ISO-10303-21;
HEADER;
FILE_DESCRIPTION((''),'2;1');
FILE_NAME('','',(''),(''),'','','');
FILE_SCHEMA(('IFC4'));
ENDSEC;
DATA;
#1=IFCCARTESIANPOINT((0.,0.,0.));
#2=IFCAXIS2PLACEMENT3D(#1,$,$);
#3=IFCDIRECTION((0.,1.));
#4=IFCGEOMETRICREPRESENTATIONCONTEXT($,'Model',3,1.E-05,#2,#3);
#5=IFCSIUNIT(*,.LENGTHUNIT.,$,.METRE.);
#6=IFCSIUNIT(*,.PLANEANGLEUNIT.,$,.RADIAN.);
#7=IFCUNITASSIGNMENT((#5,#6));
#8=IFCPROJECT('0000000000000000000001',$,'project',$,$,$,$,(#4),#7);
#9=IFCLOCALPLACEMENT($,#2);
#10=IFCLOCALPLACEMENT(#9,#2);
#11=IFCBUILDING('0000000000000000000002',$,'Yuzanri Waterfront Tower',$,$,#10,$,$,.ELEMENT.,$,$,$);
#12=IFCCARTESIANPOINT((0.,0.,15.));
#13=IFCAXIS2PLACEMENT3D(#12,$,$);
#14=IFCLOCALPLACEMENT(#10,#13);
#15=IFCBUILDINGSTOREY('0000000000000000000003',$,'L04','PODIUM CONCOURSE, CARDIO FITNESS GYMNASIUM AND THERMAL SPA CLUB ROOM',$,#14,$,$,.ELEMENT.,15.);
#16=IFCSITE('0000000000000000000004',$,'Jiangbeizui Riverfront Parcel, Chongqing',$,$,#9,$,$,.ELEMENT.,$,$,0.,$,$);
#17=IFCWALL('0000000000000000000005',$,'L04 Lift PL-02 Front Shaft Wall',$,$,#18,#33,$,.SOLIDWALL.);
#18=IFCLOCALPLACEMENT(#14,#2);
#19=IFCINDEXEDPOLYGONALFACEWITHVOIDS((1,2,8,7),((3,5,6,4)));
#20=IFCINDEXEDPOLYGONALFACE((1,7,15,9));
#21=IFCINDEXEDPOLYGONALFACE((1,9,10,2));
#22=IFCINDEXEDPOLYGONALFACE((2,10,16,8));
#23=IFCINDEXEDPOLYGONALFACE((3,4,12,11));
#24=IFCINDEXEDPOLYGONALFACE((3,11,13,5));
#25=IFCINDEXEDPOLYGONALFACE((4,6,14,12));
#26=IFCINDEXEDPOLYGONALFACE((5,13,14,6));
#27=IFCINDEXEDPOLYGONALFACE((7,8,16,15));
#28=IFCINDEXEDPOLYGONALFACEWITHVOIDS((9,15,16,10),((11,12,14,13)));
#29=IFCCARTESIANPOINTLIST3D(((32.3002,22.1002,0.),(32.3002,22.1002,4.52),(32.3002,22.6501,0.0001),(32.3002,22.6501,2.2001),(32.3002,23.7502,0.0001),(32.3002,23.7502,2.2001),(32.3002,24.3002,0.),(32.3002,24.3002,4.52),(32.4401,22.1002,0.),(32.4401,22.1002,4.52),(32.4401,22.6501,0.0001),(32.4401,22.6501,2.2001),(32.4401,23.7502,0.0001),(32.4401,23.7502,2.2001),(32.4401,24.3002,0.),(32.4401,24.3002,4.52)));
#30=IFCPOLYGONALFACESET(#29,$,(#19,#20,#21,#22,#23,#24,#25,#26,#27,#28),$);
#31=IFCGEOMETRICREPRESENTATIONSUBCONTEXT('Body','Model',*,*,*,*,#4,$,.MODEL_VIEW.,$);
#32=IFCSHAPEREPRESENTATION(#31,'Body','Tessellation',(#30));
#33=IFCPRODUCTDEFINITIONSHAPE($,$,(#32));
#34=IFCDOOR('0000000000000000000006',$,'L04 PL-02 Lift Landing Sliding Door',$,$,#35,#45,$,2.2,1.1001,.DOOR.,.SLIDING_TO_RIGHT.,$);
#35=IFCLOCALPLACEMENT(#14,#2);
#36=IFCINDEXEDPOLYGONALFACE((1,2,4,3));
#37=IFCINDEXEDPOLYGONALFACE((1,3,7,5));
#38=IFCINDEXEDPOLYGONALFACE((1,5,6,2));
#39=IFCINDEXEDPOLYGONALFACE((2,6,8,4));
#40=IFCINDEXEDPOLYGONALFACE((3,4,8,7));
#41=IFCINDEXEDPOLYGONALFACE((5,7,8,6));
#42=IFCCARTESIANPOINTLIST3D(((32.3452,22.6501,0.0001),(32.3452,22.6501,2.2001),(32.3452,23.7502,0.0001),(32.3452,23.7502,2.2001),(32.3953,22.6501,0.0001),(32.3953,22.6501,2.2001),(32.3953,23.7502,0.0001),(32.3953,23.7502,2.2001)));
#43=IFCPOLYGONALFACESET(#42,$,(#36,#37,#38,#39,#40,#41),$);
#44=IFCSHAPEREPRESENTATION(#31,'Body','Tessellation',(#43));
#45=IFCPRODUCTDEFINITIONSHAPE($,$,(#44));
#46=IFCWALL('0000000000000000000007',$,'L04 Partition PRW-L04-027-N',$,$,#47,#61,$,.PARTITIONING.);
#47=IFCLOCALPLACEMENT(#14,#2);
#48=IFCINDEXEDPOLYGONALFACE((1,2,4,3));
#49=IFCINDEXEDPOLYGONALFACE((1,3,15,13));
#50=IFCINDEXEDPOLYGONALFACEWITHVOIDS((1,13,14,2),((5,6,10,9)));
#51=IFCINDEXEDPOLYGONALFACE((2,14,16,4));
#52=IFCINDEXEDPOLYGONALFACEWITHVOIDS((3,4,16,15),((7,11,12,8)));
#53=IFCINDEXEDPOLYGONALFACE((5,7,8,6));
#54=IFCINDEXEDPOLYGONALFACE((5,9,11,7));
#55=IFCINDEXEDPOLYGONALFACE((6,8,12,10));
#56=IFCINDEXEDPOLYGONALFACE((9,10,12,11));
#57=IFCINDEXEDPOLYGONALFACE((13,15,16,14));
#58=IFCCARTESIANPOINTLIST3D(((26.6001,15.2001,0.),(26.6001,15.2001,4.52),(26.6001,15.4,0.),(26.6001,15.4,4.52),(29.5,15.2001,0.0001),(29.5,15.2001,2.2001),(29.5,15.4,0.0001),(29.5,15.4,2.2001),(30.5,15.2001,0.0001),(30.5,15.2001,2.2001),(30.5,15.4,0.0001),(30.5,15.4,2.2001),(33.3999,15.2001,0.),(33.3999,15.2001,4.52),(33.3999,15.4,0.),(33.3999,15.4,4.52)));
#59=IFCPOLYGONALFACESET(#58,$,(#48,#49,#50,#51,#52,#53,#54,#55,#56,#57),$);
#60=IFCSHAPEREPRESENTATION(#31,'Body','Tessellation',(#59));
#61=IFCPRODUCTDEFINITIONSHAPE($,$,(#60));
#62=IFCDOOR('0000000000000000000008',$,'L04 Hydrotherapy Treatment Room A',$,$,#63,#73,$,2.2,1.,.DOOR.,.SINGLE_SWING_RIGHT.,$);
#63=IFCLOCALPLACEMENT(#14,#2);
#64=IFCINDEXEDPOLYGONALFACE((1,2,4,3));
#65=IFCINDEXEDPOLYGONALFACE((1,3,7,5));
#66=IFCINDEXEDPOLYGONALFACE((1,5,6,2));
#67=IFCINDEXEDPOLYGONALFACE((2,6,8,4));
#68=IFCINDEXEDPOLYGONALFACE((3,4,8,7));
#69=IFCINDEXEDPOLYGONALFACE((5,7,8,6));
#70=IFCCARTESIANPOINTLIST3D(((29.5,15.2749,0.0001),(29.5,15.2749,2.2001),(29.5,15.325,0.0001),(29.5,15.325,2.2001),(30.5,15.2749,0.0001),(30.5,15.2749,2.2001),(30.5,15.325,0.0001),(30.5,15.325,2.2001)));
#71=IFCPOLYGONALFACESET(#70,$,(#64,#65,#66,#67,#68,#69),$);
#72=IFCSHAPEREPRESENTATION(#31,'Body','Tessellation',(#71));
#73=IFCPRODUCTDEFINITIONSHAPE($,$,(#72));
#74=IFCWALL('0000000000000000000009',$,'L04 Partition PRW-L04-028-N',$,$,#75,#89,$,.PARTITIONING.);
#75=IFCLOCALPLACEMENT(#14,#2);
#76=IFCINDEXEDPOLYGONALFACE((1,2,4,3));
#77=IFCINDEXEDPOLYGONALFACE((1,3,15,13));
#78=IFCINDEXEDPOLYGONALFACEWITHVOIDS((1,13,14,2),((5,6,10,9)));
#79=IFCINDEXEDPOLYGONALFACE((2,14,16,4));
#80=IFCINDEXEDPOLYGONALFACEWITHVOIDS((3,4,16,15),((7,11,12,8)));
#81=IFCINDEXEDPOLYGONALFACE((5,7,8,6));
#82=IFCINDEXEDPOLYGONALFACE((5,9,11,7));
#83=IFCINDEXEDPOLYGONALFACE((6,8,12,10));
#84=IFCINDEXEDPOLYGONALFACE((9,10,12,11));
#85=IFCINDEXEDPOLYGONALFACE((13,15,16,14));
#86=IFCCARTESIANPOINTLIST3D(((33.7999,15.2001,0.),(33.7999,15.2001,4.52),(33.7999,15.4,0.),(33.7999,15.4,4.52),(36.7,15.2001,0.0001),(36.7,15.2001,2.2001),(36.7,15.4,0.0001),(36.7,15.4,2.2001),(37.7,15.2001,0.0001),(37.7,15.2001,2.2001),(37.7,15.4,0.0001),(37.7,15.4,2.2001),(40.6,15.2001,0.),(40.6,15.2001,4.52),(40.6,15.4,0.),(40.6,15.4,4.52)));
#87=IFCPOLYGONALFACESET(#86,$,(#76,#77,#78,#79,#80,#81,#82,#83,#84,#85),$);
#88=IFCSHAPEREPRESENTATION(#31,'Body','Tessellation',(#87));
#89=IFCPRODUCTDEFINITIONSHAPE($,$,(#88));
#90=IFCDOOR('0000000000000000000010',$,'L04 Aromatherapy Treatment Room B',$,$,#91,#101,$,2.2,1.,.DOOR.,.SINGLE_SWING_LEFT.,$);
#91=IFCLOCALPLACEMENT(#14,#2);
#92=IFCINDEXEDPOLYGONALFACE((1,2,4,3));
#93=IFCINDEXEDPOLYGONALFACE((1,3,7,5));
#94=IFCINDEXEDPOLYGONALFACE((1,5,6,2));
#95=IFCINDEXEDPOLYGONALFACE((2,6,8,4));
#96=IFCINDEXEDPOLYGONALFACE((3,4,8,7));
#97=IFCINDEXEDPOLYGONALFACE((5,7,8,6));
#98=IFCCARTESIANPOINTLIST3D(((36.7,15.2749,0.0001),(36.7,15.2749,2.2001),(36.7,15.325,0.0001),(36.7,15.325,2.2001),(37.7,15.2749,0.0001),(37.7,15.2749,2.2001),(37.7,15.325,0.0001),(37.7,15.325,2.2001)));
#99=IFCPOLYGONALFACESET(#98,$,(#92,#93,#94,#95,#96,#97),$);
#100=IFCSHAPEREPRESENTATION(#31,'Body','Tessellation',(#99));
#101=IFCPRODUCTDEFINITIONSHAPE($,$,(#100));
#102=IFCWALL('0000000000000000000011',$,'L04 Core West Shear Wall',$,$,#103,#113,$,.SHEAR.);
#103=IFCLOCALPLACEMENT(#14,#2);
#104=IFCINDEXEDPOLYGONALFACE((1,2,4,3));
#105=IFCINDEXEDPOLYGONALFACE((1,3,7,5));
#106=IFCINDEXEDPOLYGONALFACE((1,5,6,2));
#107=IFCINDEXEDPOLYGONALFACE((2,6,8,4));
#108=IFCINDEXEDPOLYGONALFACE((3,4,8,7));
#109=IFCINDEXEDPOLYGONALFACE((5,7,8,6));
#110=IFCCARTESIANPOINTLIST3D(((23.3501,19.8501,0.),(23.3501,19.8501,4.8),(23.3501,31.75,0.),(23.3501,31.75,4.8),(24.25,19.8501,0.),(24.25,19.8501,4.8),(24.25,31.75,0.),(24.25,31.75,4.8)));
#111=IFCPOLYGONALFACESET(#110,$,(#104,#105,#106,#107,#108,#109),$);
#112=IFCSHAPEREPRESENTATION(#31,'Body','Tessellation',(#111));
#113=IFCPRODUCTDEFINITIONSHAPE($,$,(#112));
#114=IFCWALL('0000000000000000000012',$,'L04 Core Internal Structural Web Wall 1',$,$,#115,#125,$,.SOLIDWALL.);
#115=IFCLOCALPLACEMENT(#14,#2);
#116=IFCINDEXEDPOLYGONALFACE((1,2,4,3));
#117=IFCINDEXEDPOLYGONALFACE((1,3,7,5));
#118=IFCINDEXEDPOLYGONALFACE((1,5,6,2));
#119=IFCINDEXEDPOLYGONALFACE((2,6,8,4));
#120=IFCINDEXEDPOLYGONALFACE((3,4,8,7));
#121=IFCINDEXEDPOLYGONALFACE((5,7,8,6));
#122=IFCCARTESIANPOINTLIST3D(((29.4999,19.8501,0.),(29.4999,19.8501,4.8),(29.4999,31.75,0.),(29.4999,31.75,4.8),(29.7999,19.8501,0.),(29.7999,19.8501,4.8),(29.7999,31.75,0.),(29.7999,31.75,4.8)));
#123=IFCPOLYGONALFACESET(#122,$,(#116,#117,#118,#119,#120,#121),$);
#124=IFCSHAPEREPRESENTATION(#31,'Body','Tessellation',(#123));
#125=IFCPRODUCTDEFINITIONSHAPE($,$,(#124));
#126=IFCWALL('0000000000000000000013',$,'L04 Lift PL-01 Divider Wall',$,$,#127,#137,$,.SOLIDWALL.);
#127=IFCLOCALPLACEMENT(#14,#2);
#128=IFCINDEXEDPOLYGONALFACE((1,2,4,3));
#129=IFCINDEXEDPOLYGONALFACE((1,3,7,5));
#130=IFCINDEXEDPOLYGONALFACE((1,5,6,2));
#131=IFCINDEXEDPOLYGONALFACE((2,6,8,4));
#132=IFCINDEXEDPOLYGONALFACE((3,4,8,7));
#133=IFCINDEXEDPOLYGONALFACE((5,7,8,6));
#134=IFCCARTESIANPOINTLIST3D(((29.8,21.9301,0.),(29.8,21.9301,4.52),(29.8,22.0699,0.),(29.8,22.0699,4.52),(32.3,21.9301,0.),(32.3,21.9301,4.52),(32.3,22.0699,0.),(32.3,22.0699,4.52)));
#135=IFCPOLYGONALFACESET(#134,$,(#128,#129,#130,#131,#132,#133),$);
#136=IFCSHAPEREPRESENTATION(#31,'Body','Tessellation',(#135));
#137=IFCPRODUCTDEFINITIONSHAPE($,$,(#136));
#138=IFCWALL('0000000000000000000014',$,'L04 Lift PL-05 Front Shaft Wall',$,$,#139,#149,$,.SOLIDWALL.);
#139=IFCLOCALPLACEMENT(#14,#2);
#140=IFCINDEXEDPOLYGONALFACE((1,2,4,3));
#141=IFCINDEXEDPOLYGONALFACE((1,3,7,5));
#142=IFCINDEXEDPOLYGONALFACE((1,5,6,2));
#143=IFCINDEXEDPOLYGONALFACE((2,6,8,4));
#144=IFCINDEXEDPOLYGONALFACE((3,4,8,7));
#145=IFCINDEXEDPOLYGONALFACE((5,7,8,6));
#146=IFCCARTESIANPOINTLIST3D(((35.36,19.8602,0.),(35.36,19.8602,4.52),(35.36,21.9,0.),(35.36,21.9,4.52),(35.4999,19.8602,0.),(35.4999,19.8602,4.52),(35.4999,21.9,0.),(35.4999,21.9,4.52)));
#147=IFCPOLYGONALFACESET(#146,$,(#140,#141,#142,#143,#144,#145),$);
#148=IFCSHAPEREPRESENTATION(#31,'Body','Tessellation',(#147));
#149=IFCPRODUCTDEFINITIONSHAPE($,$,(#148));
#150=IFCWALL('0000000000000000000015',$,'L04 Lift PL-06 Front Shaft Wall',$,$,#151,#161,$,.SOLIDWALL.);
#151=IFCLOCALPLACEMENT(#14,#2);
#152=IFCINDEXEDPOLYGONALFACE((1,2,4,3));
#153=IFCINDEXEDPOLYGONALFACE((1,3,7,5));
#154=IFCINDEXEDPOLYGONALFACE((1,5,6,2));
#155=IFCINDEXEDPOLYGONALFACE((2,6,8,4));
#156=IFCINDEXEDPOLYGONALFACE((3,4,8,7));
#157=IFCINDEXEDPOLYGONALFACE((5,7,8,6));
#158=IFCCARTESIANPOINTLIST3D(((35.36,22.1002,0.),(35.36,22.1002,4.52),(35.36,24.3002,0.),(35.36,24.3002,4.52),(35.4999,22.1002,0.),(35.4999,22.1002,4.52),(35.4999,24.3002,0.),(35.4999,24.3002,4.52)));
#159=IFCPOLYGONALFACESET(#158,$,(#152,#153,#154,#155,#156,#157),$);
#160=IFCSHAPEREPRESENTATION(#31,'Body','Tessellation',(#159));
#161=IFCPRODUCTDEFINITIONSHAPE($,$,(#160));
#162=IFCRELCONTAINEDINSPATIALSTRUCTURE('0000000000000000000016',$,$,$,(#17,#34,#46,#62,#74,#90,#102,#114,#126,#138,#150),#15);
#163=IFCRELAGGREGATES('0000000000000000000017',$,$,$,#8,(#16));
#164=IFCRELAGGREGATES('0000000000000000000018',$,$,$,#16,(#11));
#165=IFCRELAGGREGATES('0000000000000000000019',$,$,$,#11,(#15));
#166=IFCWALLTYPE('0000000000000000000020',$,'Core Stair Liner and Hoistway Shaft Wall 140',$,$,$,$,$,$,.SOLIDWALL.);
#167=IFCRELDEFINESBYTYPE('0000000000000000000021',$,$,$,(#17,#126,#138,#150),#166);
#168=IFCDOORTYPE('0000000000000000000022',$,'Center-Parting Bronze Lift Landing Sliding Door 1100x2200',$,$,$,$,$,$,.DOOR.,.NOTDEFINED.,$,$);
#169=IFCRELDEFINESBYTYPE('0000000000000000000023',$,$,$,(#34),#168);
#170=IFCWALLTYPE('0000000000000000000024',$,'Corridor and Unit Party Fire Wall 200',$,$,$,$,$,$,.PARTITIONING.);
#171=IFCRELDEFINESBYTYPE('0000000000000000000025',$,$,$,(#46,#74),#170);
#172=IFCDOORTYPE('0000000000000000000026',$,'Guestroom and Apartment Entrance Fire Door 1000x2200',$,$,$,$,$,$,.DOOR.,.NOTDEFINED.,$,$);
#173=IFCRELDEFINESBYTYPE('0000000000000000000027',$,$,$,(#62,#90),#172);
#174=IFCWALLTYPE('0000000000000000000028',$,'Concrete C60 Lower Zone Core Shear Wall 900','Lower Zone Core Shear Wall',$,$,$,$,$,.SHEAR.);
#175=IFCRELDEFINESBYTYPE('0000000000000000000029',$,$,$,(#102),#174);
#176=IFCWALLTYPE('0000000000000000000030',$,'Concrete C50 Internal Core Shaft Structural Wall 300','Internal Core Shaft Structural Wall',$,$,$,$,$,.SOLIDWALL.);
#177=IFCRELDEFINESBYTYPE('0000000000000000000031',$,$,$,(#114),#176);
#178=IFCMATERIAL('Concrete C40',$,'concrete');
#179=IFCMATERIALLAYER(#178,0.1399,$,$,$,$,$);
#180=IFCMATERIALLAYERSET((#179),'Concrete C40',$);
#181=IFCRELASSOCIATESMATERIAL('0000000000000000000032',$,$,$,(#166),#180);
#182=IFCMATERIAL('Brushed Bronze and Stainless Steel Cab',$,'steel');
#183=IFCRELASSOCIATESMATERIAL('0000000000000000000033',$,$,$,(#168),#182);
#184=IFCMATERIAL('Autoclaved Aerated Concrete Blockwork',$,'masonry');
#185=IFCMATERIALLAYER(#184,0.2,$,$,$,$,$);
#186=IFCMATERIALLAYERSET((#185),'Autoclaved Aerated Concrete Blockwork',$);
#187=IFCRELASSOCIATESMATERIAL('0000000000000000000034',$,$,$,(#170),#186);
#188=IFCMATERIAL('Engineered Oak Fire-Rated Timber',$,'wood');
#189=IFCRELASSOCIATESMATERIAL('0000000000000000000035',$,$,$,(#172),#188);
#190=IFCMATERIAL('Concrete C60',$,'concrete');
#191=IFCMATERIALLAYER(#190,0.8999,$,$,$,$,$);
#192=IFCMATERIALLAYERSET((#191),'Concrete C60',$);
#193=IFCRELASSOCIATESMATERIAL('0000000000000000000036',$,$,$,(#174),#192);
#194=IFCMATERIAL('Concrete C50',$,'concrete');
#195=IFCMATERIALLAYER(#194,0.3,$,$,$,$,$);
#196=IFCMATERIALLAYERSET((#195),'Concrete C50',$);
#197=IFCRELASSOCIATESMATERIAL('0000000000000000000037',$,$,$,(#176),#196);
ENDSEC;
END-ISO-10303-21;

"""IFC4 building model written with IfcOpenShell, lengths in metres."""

from ifc_helpers import new_model, si_unit, direction, frame, frame_2d, origin, place, context, subcontext, project, spatial, rectangle, extrude, source, transform, mapped, material, layer, layer_set, type_object, element, fill, save


model = new_model("IFC4")

# Units and contexts
model_context = context("Model", 3, precision=1e-05, world=origin(), true_north=direction((0.0, 1.0)))
body_context = subcontext(model_context, "Body", "Model", "MODEL_VIEW")
ifc_project = project(units=[si_unit("LENGTHUNIT", "METRE"), si_unit("PLANEANGLEUNIT", "RADIAN")], contexts=[model_context])

# Site, building, storey
site_placement = place(None, origin())
site = spatial("IfcSite", under=ifc_project, at=site_placement, Name="Jiangbeizui Riverfront Parcel, Chongqing", CompositionType="ELEMENT", RefElevation=0.0)
building_placement = place(site_placement, origin())
building = spatial("IfcBuilding", under=site, at=building_placement, Name="Yuzanri Waterfront Tower", CompositionType="ELEMENT")
storey_placement = place(building_placement, frame((0.0, 0.0, 15.0)))
storey = spatial("IfcBuildingStorey", under=building, at=storey_placement, Name="L04", Description="PODIUM CONCOURSE, CARDIO FITNESS GYMNASIUM AND THERMAL SPA CLUB ROOM", CompositionType="ELEMENT", Elevation=15.0)

# Walls, openings, doors
ifc_material_1 = material(Name="Concrete C40", Category="concrete")
ifc_layer_1 = layer(ifc_material_1, 0.1399)
ifc_layer_set_1 = layer_set([ifc_layer_1], Name="Concrete C40")
wall_type_1 = type_object("IfcWallType", Name="Core Stair Liner and Hoistway Shaft Wall 140", PredefinedType="SOLIDWALL", material=ifc_layer_set_1)
ifc_material_2 = material(Name="Brushed Bronze and Stainless Steel Cab", Category="steel")
door_type_1 = type_object("IfcDoorType", Name="Center-Parting Bronze Lift Landing Sliding Door 1100x2200", OperationType="NOTDEFINED", PredefinedType="DOOR", material=ifc_material_2)
shared_shape_1 = source(origin(), body_context, "Body", "SweptSolid", [
    extrude(rectangle(XDim=1.1001, YDim=2.2, at=frame_2d((0.55, 1.1001))), frame((0.0, 0.0249, 0.0), z_axis=(0.0, -1.0, 0.0), x_axis=(1.0, 0.0, 0.0)), (0.0, 0.0, 1.0), 0.05),
])
wall_1_placement = place(storey_placement, frame((32.3701, 22.1001, 0.0), z_axis=(0.0, 0.0, 1.0), x_axis=(0.0, 1.0, 0.0)))
wall_1 = element("IfcWall", 1, at=wall_1_placement, inside=storey, type_object=wall_type_1, Name="L04 Lift PL-02 Front Shaft Wall", PredefinedType="SOLIDWALL", context=body_context, shape_type="SweptSolid", body=[
    extrude(rectangle(XDim=2.2, YDim=0.1399, at=frame_2d((1.1001, 0.0))), origin(), (0.0, 0.0, 1.0), 4.52),
])
opening_1_placement = place(wall_1_placement, frame((0.55, 0.0, 0.0)))
opening_1 = element("IfcOpeningElement", 2, at=opening_1_placement, cuts=wall_1, PredefinedType="OPENING", context=body_context, shape_type="SweptSolid", body=[
    extrude(rectangle(XDim=1.1001, YDim=2.2, at=frame_2d((0.55, 1.1001))), frame((0.0, 0.085, 0.0), z_axis=(0.0, -1.0, 0.0), x_axis=(1.0, 0.0, 0.0)), (0.0, 0.0, 1.0), 0.1697),
])
door_1_placement = place(opening_1_placement, origin())
door_1 = element("IfcDoor", 3, at=door_1_placement, inside=storey, type_object=door_type_1, Name="L04 PL-02 Lift Landing Sliding Door", OperationType="SLIDING_TO_RIGHT", OverallHeight=2.2, OverallWidth=1.1001, PredefinedType="DOOR", context=body_context, shape_type="MappedRepresentation", body=[
    mapped(shared_shape_1, transform((0.0, 0.0, 0.0), scale=1.0)),
])
fill(opening_1, door_1)
ifc_material_3 = material(Name="Autoclaved Aerated Concrete Blockwork", Category="masonry")
ifc_layer_2 = layer(ifc_material_3, 0.2)
ifc_layer_set_2 = layer_set([ifc_layer_2], Name="Autoclaved Aerated Concrete Blockwork")
wall_type_2 = type_object("IfcWallType", Name="Corridor and Unit Party Fire Wall 200", PredefinedType="PARTITIONING", material=ifc_layer_set_2)
wall_2_placement = place(storey_placement, frame((26.6001, 15.3, 0.0), z_axis=(0.0, 0.0, 1.0), x_axis=(1.0, 0.0, 0.0)))
wall_2 = element("IfcWall", 4, at=wall_2_placement, inside=storey, type_object=wall_type_2, Name="L04 Partition PRW-L04-027-N", PredefinedType="PARTITIONING", context=body_context, shape_type="SweptSolid", body=[
    extrude(rectangle(XDim=6.7998, YDim=0.2, at=frame_2d((3.3999, 0.0))), origin(), (0.0, 0.0, 1.0), 4.52),
])
opening_2_placement = place(wall_2_placement, frame((2.8999, 0.0, 0.0)))
opening_2 = element("IfcOpeningElement", 5, at=opening_2_placement, cuts=wall_2, PredefinedType="OPENING", context=body_context, shape_type="SweptSolid", body=[
    extrude(rectangle(XDim=1.0, YDim=2.2, at=frame_2d((0.5, 1.1001))), frame((0.0, 0.1147, 0.0), z_axis=(0.0, -1.0, 0.0), x_axis=(1.0, 0.0, 0.0)), (0.0, 0.0, 1.0), 0.2297),
])
ifc_material_4 = material(Name="Engineered Oak Fire-Rated Timber", Category="wood")
door_type_2 = type_object("IfcDoorType", Name="Guestroom and Apartment Entrance Fire Door 1000x2200", OperationType="NOTDEFINED", PredefinedType="DOOR", material=ifc_material_4)
shared_shape_2 = source(origin(), body_context, "Body", "SweptSolid", [
    extrude(rectangle(XDim=1.0, YDim=2.2, at=frame_2d((0.5, 1.1001))), frame((0.0, 0.0249, 0.0), z_axis=(0.0, -1.0, 0.0), x_axis=(1.0, 0.0, 0.0)), (0.0, 0.0, 1.0), 0.05),
])
door_2_placement = place(opening_2_placement, origin())
door_2 = element("IfcDoor", 6, at=door_2_placement, inside=storey, type_object=door_type_2, Name="L04 Hydrotherapy Treatment Room A", OperationType="SINGLE_SWING_RIGHT", OverallHeight=2.2, OverallWidth=1.0, PredefinedType="DOOR", context=body_context, shape_type="MappedRepresentation", body=[
    mapped(shared_shape_2, transform((0.0, 0.0, 0.0), scale=1.0)),
])
fill(opening_2, door_2)
wall_3_placement = place(storey_placement, frame((33.8, 15.3, 0.0), z_axis=(0.0, 0.0, 1.0), x_axis=(1.0, 0.0, 0.0)))
wall_3 = element("IfcWall", 7, at=wall_3_placement, inside=storey, type_object=wall_type_2, Name="L04 Partition PRW-L04-028-N", PredefinedType="PARTITIONING", context=body_context, shape_type="SweptSolid", body=[
    extrude(rectangle(XDim=6.8, YDim=0.2, at=frame_2d((3.3999, 0.0))), origin(), (0.0, 0.0, 1.0), 4.52),
])
opening_3_placement = place(wall_3_placement, frame((2.8999, 0.0, 0.0)))
opening_3 = element("IfcOpeningElement", 8, at=opening_3_placement, cuts=wall_3, PredefinedType="OPENING", context=body_context, shape_type="SweptSolid", body=[
    extrude(rectangle(XDim=1.0, YDim=2.2, at=frame_2d((0.5, 1.1001))), frame((0.0, 0.1147, 0.0), z_axis=(0.0, -1.0, 0.0), x_axis=(1.0, 0.0, 0.0)), (0.0, 0.0, 1.0), 0.2297),
])
door_3_placement = place(opening_3_placement, origin())
door_3 = element("IfcDoor", 9, at=door_3_placement, inside=storey, type_object=door_type_2, Name="L04 Aromatherapy Treatment Room B", OperationType="SINGLE_SWING_LEFT", OverallHeight=2.2, OverallWidth=1.0, PredefinedType="DOOR", context=body_context, shape_type="MappedRepresentation", body=[
    mapped(shared_shape_2, transform((0.0, 0.0, 0.0), scale=1.0)),
])
fill(opening_3, door_3)

# Walls
ifc_material_5 = material(Name="Concrete C60", Category="concrete")
ifc_layer_3 = layer(ifc_material_5, 0.8999)
ifc_layer_set_3 = layer_set([ifc_layer_3], Name="Concrete C60")
wall_type_3 = type_object("IfcWallType", Name="Concrete C60 Lower Zone Core Shear Wall 900", Description="Lower Zone Core Shear Wall", PredefinedType="SHEAR", material=ifc_layer_set_3)
shared_shape_3 = source(origin(), body_context, "Body", "SweptSolid", [
    extrude(rectangle(XDim=11.8999, YDim=0.8999, at=frame_2d((5.95, 0.0))), origin(), (0.0, 0.0, 1.0), 4.8),
])
wall_4_placement = place(storey_placement, frame((23.8, 19.8501, 0.0), z_axis=(0.0, 0.0, 1.0), x_axis=(0.0, 1.0, 0.0)))
element("IfcWall", 10, at=wall_4_placement, inside=storey, type_object=wall_type_3, Name="L04 Core West Shear Wall", PredefinedType="SHEAR", context=body_context, shape_type="MappedRepresentation", body=[
    mapped(shared_shape_3, transform((0.0, 0.0, 0.0), scale=1.0)),
])
ifc_material_6 = material(Name="Concrete C50", Category="concrete")
ifc_layer_4 = layer(ifc_material_6, 0.3)
ifc_layer_set_4 = layer_set([ifc_layer_4], Name="Concrete C50")
wall_type_4 = type_object("IfcWallType", Name="Concrete C50 Internal Core Shaft Structural Wall 300", Description="Internal Core Shaft Structural Wall", PredefinedType="SOLIDWALL", material=ifc_layer_set_4)
shared_shape_4 = source(origin(), body_context, "Body", "SweptSolid", [
    extrude(rectangle(XDim=11.8999, YDim=0.3, at=frame_2d((5.95, 0.0))), origin(), (0.0, 0.0, 1.0), 4.8),
])
wall_5_placement = place(storey_placement, frame((29.6499, 19.8501, 0.0), z_axis=(0.0, 0.0, 1.0), x_axis=(0.0, 1.0, 0.0)))
element("IfcWall", 11, at=wall_5_placement, inside=storey, type_object=wall_type_4, Name="L04 Core Internal Structural Web Wall 1", PredefinedType="SOLIDWALL", context=body_context, shape_type="MappedRepresentation", body=[
    mapped(shared_shape_4, transform((0.0, 0.0, 0.0), scale=1.0)),
])
shared_shape_5 = source(origin(), body_context, "Body", "SweptSolid", [
    extrude(rectangle(XDim=2.5, YDim=0.1399, at=frame_2d((1.25, 0.0))), origin(), (0.0, 0.0, 1.0), 4.52),
])
wall_6_placement = place(storey_placement, frame((29.8, 22.0, 0.0), z_axis=(0.0, 0.0, 1.0), x_axis=(1.0, 0.0, 0.0)))
element("IfcWall", 12, at=wall_6_placement, inside=storey, type_object=wall_type_1, Name="L04 Lift PL-01 Divider Wall", PredefinedType="SOLIDWALL", context=body_context, shape_type="MappedRepresentation", body=[
    mapped(shared_shape_5, transform((0.0, 0.0, 0.0), scale=1.0)),
])
shared_shape_6 = source(origin(), body_context, "Body", "SweptSolid", [
    extrude(rectangle(XDim=2.0398, YDim=0.1399, at=frame_2d((1.02, 0.0))), origin(), (0.0, 0.0, 1.0), 4.52),
])
wall_7_placement = place(storey_placement, frame((35.4299, 19.8601, 0.0), z_axis=(0.0, 0.0, 1.0), x_axis=(0.0, 1.0, 0.0)))
element("IfcWall", 13, at=wall_7_placement, inside=storey, type_object=wall_type_1, Name="L04 Lift PL-05 Front Shaft Wall", PredefinedType="SOLIDWALL", context=body_context, shape_type="MappedRepresentation", body=[
    mapped(shared_shape_6, transform((0.0, 0.0, 0.0), scale=1.0)),
])
shared_shape_7 = source(origin(), body_context, "Body", "SweptSolid", [
    extrude(rectangle(XDim=2.2, YDim=0.1399, at=frame_2d((1.1001, 0.0))), origin(), (0.0, 0.0, 1.0), 4.52),
])
wall_8_placement = place(storey_placement, frame((35.4299, 22.1001, 0.0), z_axis=(0.0, 0.0, 1.0), x_axis=(0.0, 1.0, 0.0)))
element("IfcWall", 14, at=wall_8_placement, inside=storey, type_object=wall_type_1, Name="L04 Lift PL-06 Front Shaft Wall", PredefinedType="SOLIDWALL", context=body_context, shape_type="MappedRepresentation", body=[
    mapped(shared_shape_7, transform((0.0, 0.0, 0.0), scale=1.0)),
])

save(model, "model.ifc")
